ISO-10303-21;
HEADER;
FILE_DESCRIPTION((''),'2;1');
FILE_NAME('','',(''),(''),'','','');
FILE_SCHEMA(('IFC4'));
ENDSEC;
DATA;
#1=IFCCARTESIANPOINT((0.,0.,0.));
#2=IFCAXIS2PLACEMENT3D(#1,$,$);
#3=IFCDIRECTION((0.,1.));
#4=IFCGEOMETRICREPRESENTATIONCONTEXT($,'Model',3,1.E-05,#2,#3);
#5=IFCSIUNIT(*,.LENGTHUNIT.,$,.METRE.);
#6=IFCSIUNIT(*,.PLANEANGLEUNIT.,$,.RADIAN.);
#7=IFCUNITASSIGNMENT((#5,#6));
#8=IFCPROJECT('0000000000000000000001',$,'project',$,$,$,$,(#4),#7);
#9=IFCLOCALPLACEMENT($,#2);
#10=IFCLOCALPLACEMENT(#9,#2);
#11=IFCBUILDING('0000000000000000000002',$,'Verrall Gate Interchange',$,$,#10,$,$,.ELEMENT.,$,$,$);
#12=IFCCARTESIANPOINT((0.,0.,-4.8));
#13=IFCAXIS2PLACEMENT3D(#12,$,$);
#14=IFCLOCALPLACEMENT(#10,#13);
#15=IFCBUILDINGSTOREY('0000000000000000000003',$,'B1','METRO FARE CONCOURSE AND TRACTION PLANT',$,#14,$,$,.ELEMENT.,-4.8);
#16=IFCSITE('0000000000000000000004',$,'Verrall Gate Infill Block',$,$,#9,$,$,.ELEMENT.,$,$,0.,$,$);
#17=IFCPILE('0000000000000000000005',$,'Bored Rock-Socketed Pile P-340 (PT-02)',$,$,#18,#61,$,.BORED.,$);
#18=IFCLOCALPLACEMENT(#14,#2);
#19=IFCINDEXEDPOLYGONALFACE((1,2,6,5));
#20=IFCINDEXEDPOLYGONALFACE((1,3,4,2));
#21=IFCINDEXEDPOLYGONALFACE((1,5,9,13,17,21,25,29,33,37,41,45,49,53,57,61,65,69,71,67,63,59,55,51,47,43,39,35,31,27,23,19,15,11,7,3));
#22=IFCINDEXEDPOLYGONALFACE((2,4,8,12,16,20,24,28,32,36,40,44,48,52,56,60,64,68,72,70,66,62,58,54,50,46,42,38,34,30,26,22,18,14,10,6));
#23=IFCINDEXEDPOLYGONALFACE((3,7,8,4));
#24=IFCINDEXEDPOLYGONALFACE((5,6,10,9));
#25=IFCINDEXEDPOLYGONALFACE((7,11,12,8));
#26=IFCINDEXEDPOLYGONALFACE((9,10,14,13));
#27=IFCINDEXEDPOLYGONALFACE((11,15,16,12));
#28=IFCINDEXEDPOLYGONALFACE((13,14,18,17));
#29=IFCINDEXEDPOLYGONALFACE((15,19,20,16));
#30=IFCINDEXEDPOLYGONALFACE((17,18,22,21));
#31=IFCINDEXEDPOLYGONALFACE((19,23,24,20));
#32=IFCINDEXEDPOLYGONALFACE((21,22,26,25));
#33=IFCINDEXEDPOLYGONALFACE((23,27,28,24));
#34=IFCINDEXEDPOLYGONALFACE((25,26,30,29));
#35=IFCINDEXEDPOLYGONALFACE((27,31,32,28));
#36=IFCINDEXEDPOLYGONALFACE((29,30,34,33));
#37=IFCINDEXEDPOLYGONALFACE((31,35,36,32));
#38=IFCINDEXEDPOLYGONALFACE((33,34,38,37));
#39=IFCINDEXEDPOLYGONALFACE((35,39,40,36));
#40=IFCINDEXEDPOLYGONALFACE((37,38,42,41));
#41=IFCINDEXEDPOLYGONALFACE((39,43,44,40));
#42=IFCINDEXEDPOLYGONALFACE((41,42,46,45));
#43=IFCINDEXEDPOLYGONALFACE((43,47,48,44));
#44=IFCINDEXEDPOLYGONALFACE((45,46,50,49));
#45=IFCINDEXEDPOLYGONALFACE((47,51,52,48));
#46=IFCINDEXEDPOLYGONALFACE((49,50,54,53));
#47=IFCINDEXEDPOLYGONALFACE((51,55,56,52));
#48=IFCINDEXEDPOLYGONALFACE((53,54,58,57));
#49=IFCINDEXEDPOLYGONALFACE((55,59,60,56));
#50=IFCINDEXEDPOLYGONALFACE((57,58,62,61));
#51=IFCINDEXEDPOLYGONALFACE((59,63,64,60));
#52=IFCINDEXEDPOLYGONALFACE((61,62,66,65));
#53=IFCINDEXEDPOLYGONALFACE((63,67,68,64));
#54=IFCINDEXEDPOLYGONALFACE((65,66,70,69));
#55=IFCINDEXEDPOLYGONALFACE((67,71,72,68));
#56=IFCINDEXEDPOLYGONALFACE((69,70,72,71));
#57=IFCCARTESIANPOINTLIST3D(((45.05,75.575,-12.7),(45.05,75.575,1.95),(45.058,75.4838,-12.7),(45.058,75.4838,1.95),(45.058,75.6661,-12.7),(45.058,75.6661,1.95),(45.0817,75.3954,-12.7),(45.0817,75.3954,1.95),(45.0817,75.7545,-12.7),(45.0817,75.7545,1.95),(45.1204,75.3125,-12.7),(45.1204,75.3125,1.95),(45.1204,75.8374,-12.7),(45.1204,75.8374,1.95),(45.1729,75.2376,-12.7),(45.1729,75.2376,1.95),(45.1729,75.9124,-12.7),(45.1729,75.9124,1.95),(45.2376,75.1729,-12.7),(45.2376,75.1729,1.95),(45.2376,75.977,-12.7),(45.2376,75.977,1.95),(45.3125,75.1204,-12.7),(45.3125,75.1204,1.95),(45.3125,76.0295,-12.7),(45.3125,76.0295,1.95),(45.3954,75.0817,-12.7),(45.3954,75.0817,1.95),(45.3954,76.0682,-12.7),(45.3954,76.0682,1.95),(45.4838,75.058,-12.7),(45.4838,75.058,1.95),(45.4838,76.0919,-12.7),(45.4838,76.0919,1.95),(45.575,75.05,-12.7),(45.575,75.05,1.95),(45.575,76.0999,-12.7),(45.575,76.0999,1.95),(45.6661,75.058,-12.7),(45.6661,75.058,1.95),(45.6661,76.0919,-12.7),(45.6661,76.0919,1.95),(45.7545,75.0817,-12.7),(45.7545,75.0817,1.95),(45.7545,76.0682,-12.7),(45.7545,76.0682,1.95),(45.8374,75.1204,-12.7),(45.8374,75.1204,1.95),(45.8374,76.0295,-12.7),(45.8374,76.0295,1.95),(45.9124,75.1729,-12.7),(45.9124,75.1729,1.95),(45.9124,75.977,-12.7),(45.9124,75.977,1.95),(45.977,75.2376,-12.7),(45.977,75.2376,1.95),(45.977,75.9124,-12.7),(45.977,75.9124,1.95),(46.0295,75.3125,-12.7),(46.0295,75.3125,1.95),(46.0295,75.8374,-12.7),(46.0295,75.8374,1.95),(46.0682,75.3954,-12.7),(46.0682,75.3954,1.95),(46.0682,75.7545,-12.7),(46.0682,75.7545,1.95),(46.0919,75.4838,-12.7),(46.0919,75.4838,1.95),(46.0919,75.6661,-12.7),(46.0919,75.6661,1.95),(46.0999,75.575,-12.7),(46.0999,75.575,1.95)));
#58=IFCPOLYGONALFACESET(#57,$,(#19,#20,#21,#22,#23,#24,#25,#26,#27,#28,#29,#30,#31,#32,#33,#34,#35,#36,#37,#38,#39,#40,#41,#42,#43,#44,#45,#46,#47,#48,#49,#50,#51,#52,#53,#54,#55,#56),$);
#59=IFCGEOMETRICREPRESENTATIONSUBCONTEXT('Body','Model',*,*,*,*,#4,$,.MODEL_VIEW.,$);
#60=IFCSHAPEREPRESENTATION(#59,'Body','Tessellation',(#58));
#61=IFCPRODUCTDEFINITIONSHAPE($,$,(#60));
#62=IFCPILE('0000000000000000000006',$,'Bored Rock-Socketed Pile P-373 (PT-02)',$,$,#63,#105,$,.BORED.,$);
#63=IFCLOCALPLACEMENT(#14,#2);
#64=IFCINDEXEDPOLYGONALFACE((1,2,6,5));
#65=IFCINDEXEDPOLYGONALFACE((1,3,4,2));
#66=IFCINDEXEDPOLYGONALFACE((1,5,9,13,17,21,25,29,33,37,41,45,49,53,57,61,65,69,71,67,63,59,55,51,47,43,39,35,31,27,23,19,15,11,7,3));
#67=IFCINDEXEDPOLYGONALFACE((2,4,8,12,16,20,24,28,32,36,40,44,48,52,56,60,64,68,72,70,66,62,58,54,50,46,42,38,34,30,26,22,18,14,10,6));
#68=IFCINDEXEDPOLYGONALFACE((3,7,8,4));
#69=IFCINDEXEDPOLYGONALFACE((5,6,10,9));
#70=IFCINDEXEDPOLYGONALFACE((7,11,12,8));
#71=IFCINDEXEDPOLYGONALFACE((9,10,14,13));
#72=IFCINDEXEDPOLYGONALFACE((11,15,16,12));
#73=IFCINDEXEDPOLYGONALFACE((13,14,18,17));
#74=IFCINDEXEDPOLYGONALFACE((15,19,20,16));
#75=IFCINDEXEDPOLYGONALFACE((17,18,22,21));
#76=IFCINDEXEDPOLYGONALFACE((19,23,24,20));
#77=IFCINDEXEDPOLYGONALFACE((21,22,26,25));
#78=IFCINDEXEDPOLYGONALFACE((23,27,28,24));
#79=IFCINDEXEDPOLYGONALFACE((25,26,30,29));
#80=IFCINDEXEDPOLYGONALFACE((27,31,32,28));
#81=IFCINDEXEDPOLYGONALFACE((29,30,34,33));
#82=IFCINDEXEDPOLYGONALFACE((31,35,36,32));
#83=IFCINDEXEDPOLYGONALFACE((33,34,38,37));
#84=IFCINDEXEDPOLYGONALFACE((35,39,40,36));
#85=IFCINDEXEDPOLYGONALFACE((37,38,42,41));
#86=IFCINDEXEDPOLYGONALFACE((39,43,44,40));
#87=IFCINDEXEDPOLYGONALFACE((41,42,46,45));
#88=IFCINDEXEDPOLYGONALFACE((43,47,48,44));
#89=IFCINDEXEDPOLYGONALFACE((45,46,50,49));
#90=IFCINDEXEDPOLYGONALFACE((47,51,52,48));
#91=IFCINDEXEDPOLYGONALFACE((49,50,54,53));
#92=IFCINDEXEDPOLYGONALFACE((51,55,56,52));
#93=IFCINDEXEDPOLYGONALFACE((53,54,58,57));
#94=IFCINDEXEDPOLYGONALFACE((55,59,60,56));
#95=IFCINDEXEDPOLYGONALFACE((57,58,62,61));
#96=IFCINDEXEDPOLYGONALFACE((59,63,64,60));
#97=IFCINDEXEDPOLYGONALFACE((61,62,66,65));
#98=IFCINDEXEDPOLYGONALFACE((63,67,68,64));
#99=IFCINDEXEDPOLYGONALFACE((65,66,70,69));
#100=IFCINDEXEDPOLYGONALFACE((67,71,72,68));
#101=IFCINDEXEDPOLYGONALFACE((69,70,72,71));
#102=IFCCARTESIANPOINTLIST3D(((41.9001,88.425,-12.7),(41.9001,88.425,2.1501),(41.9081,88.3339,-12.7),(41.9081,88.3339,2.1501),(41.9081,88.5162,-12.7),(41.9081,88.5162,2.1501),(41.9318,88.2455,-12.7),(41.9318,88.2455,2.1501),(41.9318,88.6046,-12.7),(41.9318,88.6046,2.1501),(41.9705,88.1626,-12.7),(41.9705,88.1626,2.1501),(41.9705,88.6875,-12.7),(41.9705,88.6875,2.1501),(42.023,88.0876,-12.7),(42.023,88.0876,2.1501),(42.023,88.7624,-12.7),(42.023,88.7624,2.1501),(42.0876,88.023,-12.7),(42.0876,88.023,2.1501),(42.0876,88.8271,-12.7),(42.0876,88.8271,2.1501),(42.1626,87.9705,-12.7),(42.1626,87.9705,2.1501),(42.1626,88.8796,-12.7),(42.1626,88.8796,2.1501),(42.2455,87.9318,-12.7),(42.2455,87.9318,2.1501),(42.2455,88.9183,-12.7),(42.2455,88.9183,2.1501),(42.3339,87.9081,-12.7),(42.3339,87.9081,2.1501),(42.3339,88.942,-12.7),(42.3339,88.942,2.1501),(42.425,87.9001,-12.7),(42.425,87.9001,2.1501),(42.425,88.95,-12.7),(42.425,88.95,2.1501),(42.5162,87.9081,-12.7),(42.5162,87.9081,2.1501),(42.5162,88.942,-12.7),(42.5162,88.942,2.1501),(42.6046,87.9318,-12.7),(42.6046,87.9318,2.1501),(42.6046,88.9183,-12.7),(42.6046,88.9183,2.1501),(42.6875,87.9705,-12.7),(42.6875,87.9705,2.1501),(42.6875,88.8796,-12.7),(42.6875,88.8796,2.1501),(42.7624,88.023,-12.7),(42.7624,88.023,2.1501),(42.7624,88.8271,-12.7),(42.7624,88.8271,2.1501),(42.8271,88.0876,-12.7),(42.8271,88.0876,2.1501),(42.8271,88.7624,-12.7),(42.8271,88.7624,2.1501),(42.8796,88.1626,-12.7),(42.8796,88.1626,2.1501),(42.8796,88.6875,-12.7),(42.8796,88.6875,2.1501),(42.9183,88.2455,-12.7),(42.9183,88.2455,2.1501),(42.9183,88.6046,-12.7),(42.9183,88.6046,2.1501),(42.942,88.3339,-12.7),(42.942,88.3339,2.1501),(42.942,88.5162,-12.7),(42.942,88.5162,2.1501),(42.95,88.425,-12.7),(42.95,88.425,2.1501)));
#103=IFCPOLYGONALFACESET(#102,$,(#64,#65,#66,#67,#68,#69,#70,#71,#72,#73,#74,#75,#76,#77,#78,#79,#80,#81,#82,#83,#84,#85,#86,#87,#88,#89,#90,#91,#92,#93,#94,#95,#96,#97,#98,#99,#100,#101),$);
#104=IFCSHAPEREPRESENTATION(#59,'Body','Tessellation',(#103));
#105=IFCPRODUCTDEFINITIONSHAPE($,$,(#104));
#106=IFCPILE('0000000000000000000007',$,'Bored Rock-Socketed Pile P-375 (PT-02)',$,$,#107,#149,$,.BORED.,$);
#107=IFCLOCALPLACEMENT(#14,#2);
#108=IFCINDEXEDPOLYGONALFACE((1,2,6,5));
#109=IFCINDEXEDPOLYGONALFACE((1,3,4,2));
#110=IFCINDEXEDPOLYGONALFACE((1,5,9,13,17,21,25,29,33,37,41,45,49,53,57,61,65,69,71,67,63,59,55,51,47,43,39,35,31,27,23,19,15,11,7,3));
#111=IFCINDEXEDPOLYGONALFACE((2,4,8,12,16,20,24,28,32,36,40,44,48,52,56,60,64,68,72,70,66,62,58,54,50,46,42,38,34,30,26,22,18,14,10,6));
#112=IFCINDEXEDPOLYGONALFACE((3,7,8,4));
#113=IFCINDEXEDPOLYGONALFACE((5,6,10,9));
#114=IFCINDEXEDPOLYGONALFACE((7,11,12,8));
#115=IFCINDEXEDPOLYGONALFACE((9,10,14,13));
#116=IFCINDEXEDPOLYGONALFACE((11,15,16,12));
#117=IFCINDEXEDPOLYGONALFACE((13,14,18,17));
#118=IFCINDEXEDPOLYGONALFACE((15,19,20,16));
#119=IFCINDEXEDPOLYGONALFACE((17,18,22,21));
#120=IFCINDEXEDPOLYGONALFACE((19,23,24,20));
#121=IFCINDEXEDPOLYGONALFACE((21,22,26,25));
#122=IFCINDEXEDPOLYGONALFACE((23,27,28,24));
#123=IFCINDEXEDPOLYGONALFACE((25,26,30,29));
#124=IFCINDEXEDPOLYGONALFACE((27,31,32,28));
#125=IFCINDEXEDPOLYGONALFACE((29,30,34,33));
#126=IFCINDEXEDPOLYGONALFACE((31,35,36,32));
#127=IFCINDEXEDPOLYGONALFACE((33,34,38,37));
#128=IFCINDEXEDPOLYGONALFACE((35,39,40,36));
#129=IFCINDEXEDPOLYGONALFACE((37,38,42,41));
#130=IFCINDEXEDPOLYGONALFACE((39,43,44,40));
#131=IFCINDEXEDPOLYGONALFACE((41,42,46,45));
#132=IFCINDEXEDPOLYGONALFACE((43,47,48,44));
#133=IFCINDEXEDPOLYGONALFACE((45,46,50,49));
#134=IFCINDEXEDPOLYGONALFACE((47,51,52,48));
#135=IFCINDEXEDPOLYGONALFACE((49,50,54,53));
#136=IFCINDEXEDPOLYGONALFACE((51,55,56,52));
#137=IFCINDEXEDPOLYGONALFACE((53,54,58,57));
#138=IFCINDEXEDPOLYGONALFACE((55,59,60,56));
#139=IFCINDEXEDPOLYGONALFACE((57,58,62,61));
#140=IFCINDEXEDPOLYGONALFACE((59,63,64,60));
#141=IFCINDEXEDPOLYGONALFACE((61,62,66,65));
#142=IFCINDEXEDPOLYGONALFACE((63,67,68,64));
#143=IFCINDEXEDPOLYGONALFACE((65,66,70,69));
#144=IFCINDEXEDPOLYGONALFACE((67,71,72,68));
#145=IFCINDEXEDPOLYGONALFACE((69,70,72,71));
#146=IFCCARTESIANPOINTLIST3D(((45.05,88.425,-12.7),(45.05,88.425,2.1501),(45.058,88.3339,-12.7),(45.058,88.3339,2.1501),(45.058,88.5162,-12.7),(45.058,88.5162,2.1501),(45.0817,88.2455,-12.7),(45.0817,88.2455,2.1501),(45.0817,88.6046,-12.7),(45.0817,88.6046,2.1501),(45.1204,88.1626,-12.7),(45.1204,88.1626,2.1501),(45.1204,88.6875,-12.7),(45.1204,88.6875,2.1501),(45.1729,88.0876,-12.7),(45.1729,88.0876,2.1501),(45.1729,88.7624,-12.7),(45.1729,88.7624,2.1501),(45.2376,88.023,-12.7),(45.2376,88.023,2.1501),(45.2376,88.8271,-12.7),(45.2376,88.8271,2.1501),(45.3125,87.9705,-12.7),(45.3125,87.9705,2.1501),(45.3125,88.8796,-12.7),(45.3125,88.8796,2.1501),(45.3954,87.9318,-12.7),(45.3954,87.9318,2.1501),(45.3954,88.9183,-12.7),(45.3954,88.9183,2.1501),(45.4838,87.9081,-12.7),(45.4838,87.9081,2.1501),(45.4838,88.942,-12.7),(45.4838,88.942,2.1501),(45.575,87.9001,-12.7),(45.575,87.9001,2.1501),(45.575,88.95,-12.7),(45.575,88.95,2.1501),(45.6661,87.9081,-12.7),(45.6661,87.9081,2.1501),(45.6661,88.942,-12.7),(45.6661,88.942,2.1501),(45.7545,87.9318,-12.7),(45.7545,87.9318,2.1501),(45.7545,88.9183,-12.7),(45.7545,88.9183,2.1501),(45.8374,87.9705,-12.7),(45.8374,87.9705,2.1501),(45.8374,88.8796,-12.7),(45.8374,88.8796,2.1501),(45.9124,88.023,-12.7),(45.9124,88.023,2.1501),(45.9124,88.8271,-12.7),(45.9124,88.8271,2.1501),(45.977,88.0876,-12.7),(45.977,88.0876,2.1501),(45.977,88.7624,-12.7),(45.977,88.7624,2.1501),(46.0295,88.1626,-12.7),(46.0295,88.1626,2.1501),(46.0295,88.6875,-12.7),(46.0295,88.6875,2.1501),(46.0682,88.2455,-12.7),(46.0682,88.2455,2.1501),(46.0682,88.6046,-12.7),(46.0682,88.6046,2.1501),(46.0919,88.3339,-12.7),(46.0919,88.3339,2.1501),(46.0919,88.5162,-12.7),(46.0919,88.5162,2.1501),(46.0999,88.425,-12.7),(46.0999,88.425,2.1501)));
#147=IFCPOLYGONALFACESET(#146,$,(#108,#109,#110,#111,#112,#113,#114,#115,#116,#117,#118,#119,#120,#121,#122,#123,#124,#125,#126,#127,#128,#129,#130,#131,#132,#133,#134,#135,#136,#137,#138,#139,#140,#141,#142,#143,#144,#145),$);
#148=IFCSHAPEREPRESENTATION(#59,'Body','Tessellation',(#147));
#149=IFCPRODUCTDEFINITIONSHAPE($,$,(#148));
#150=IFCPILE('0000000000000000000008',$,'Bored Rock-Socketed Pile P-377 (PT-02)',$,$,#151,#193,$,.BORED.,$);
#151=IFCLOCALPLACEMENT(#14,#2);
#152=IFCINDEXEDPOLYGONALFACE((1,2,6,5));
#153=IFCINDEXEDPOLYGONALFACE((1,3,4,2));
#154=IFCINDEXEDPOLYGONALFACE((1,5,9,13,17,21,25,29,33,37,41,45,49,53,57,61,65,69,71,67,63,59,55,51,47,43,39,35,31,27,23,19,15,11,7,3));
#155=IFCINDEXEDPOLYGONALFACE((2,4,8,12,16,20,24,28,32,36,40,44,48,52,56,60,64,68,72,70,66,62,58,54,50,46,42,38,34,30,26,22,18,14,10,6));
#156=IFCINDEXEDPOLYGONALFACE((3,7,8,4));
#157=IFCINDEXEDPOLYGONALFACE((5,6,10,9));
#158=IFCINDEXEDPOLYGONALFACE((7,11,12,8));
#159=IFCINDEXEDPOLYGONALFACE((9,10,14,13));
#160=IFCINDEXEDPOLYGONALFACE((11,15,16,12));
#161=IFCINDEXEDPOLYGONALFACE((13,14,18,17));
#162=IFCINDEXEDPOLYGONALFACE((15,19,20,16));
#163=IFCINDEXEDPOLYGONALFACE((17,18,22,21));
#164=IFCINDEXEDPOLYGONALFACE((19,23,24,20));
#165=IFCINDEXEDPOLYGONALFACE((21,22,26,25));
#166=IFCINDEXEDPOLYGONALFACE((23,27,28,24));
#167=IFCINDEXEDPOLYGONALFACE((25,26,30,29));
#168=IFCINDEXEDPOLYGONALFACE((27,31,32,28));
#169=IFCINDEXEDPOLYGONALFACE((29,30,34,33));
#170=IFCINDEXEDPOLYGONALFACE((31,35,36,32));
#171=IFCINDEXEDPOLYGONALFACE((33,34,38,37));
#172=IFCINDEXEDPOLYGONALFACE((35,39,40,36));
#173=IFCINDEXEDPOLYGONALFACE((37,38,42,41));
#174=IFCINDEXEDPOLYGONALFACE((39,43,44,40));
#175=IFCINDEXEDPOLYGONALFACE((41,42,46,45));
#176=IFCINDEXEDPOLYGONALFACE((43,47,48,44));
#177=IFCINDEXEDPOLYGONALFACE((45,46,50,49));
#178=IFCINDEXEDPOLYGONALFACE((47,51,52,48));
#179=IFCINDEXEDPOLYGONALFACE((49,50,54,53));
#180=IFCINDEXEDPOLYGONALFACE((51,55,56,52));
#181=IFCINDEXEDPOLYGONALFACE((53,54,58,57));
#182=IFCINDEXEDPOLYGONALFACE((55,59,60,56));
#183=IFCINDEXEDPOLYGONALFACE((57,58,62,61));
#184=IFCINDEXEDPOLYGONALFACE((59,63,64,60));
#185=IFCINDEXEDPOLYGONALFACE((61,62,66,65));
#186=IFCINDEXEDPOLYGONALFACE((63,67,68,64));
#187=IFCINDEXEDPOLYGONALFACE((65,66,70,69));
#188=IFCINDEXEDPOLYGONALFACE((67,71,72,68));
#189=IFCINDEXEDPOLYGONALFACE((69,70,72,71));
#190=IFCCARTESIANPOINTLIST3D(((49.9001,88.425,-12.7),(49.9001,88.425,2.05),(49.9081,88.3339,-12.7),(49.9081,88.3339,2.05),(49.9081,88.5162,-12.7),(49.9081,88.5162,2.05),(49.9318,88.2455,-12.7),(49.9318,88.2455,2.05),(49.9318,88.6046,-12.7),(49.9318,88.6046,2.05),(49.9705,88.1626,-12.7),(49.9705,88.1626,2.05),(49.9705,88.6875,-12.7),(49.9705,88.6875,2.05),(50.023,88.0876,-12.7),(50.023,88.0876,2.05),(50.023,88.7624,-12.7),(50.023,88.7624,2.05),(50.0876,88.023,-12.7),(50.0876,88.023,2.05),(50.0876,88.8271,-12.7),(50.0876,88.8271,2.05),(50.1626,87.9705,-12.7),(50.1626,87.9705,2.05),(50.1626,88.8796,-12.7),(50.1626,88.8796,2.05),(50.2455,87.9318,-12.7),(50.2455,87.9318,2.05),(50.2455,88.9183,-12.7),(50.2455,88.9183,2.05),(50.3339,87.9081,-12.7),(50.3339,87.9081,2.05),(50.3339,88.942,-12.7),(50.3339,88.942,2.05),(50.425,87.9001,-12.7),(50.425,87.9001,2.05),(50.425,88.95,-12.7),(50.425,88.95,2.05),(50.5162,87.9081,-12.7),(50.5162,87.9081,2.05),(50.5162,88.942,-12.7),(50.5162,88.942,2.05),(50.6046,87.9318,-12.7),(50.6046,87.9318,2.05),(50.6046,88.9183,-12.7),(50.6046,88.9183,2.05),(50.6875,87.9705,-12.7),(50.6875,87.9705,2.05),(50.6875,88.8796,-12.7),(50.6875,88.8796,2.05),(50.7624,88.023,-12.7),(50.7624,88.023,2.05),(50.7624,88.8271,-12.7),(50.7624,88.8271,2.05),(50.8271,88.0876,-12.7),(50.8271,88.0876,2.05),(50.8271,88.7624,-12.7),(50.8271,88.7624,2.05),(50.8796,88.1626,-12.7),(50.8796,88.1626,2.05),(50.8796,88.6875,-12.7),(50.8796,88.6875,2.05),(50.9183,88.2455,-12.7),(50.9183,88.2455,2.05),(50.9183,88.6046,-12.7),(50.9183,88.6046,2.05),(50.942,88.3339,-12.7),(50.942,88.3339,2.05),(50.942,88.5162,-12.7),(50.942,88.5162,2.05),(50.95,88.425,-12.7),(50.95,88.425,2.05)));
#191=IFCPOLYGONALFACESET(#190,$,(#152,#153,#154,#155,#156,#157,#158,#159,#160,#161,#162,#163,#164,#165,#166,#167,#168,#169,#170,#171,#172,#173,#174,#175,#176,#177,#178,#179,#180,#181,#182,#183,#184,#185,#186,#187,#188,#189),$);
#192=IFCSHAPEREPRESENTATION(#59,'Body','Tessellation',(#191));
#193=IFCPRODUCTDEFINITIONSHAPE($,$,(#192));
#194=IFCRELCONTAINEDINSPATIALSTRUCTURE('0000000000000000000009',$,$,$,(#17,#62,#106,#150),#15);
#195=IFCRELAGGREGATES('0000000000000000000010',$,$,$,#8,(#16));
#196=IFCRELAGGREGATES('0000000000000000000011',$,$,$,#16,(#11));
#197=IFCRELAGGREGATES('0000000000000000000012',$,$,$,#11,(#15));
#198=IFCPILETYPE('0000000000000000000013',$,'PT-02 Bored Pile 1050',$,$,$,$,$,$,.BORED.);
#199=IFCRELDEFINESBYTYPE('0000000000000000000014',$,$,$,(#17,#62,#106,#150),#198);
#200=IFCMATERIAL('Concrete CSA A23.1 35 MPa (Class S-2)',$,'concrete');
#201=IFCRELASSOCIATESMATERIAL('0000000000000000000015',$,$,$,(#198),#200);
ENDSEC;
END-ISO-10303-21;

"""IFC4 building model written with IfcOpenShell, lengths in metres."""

from ifc_helpers import new_model, si_unit, direction, frame, origin, origin_2d, place, context, subcontext, project, spatial, circle, extrude, material, material_profile, profile_set, type_object, element, save


model = new_model("IFC4")

# Units and contexts
model_context = context("Model", 3, precision=1e-05, world=origin(), true_north=direction((0.0, 1.0)))
body_context = subcontext(model_context, "Body", "Model", "MODEL_VIEW")
ifc_project = project(units=[si_unit("LENGTHUNIT", "METRE"), si_unit("PLANEANGLEUNIT", "RADIAN")], contexts=[model_context])

# Site, building, storey
site_placement = place(None, origin())
site = spatial("IfcSite", under=ifc_project, at=site_placement, Name="Verrall Gate Infill Block", CompositionType="ELEMENT", RefElevation=0.0)
building_placement = place(site_placement, origin())
building = spatial("IfcBuilding", under=site, at=building_placement, Name="Verrall Gate Interchange", CompositionType="ELEMENT")
storey_placement = place(building_placement, frame((0.0, 0.0, -4.8)))
storey = spatial("IfcBuildingStorey", under=building, at=storey_placement, Name="B1", Description="METRO FARE CONCOURSE AND TRACTION PLANT", CompositionType="ELEMENT", Elevation=-4.8)

# Piles
ifc_material_1 = material(Name="Concrete CSA A23.1 35 MPa (Class S-2)", Category="concrete")
ifc_material_profile_1 = material_profile(ifc_material_1, circle(Radius=0.5249, at=origin_2d()), Name="PILE1050D")
ifc_profile_set_1 = profile_set([ifc_material_profile_1], Name="Concrete CSA A23.1 35 MPa (Class S-2)")
pile_type_1 = type_object("IfcPileType", Name="PT-02 Bored Pile 1050", PredefinedType="BORED", material=ifc_profile_set_1)
for number, where, z_axis, x_axis, name in (
    (1, (45.575, 75.575, 1.95), (0.0, 0.0, -1.0), (1.0, 0.0, 0.0), "Bored Rock-Socketed Pile P-340 (PT-02)"),
):
    element("IfcPile", number, at=place(storey_placement, frame(where, z_axis=z_axis, x_axis=x_axis)), inside=storey, type_object=pile_type_1, Name=name, PredefinedType="BORED", context=body_context, shape_type="SweptSolid", body=[
        extrude(circle(Radius=0.5249, at=origin_2d()), origin(), (0.0, 0.0, 1.0), 14.6499),
    ])
for number, where, z_axis, x_axis, name in (
    (2, (42.425, 88.425, 2.1501), (0.0, 0.0, -1.0), (1.0, 0.0, 0.0), "Bored Rock-Socketed Pile P-373 (PT-02)"),
    (3, (45.575, 88.425, 2.1501), (0.0, 0.0, -1.0), (1.0, 0.0, 0.0), "Bored Rock-Socketed Pile P-375 (PT-02)"),
):
    element("IfcPile", number, at=place(storey_placement, frame(where, z_axis=z_axis, x_axis=x_axis)), inside=storey, type_object=pile_type_1, Name=name, PredefinedType="BORED", context=body_context, shape_type="SweptSolid", body=[
        extrude(circle(Radius=0.5249, at=origin_2d()), origin(), (0.0, 0.0, 1.0), 14.8501),
    ])
for number, where, z_axis, x_axis, name in (
    (4, (50.425, 88.425, 2.05), (0.0, 0.0, -1.0), (1.0, 0.0, 0.0), "Bored Rock-Socketed Pile P-377 (PT-02)"),
):
    element("IfcPile", number, at=place(storey_placement, frame(where, z_axis=z_axis, x_axis=x_axis)), inside=storey, type_object=pile_type_1, Name=name, PredefinedType="BORED", context=body_context, shape_type="SweptSolid", body=[
        extrude(circle(Radius=0.5249, at=origin_2d()), origin(), (0.0, 0.0, 1.0), 14.75),
    ])

save(model, "model.ifc")
